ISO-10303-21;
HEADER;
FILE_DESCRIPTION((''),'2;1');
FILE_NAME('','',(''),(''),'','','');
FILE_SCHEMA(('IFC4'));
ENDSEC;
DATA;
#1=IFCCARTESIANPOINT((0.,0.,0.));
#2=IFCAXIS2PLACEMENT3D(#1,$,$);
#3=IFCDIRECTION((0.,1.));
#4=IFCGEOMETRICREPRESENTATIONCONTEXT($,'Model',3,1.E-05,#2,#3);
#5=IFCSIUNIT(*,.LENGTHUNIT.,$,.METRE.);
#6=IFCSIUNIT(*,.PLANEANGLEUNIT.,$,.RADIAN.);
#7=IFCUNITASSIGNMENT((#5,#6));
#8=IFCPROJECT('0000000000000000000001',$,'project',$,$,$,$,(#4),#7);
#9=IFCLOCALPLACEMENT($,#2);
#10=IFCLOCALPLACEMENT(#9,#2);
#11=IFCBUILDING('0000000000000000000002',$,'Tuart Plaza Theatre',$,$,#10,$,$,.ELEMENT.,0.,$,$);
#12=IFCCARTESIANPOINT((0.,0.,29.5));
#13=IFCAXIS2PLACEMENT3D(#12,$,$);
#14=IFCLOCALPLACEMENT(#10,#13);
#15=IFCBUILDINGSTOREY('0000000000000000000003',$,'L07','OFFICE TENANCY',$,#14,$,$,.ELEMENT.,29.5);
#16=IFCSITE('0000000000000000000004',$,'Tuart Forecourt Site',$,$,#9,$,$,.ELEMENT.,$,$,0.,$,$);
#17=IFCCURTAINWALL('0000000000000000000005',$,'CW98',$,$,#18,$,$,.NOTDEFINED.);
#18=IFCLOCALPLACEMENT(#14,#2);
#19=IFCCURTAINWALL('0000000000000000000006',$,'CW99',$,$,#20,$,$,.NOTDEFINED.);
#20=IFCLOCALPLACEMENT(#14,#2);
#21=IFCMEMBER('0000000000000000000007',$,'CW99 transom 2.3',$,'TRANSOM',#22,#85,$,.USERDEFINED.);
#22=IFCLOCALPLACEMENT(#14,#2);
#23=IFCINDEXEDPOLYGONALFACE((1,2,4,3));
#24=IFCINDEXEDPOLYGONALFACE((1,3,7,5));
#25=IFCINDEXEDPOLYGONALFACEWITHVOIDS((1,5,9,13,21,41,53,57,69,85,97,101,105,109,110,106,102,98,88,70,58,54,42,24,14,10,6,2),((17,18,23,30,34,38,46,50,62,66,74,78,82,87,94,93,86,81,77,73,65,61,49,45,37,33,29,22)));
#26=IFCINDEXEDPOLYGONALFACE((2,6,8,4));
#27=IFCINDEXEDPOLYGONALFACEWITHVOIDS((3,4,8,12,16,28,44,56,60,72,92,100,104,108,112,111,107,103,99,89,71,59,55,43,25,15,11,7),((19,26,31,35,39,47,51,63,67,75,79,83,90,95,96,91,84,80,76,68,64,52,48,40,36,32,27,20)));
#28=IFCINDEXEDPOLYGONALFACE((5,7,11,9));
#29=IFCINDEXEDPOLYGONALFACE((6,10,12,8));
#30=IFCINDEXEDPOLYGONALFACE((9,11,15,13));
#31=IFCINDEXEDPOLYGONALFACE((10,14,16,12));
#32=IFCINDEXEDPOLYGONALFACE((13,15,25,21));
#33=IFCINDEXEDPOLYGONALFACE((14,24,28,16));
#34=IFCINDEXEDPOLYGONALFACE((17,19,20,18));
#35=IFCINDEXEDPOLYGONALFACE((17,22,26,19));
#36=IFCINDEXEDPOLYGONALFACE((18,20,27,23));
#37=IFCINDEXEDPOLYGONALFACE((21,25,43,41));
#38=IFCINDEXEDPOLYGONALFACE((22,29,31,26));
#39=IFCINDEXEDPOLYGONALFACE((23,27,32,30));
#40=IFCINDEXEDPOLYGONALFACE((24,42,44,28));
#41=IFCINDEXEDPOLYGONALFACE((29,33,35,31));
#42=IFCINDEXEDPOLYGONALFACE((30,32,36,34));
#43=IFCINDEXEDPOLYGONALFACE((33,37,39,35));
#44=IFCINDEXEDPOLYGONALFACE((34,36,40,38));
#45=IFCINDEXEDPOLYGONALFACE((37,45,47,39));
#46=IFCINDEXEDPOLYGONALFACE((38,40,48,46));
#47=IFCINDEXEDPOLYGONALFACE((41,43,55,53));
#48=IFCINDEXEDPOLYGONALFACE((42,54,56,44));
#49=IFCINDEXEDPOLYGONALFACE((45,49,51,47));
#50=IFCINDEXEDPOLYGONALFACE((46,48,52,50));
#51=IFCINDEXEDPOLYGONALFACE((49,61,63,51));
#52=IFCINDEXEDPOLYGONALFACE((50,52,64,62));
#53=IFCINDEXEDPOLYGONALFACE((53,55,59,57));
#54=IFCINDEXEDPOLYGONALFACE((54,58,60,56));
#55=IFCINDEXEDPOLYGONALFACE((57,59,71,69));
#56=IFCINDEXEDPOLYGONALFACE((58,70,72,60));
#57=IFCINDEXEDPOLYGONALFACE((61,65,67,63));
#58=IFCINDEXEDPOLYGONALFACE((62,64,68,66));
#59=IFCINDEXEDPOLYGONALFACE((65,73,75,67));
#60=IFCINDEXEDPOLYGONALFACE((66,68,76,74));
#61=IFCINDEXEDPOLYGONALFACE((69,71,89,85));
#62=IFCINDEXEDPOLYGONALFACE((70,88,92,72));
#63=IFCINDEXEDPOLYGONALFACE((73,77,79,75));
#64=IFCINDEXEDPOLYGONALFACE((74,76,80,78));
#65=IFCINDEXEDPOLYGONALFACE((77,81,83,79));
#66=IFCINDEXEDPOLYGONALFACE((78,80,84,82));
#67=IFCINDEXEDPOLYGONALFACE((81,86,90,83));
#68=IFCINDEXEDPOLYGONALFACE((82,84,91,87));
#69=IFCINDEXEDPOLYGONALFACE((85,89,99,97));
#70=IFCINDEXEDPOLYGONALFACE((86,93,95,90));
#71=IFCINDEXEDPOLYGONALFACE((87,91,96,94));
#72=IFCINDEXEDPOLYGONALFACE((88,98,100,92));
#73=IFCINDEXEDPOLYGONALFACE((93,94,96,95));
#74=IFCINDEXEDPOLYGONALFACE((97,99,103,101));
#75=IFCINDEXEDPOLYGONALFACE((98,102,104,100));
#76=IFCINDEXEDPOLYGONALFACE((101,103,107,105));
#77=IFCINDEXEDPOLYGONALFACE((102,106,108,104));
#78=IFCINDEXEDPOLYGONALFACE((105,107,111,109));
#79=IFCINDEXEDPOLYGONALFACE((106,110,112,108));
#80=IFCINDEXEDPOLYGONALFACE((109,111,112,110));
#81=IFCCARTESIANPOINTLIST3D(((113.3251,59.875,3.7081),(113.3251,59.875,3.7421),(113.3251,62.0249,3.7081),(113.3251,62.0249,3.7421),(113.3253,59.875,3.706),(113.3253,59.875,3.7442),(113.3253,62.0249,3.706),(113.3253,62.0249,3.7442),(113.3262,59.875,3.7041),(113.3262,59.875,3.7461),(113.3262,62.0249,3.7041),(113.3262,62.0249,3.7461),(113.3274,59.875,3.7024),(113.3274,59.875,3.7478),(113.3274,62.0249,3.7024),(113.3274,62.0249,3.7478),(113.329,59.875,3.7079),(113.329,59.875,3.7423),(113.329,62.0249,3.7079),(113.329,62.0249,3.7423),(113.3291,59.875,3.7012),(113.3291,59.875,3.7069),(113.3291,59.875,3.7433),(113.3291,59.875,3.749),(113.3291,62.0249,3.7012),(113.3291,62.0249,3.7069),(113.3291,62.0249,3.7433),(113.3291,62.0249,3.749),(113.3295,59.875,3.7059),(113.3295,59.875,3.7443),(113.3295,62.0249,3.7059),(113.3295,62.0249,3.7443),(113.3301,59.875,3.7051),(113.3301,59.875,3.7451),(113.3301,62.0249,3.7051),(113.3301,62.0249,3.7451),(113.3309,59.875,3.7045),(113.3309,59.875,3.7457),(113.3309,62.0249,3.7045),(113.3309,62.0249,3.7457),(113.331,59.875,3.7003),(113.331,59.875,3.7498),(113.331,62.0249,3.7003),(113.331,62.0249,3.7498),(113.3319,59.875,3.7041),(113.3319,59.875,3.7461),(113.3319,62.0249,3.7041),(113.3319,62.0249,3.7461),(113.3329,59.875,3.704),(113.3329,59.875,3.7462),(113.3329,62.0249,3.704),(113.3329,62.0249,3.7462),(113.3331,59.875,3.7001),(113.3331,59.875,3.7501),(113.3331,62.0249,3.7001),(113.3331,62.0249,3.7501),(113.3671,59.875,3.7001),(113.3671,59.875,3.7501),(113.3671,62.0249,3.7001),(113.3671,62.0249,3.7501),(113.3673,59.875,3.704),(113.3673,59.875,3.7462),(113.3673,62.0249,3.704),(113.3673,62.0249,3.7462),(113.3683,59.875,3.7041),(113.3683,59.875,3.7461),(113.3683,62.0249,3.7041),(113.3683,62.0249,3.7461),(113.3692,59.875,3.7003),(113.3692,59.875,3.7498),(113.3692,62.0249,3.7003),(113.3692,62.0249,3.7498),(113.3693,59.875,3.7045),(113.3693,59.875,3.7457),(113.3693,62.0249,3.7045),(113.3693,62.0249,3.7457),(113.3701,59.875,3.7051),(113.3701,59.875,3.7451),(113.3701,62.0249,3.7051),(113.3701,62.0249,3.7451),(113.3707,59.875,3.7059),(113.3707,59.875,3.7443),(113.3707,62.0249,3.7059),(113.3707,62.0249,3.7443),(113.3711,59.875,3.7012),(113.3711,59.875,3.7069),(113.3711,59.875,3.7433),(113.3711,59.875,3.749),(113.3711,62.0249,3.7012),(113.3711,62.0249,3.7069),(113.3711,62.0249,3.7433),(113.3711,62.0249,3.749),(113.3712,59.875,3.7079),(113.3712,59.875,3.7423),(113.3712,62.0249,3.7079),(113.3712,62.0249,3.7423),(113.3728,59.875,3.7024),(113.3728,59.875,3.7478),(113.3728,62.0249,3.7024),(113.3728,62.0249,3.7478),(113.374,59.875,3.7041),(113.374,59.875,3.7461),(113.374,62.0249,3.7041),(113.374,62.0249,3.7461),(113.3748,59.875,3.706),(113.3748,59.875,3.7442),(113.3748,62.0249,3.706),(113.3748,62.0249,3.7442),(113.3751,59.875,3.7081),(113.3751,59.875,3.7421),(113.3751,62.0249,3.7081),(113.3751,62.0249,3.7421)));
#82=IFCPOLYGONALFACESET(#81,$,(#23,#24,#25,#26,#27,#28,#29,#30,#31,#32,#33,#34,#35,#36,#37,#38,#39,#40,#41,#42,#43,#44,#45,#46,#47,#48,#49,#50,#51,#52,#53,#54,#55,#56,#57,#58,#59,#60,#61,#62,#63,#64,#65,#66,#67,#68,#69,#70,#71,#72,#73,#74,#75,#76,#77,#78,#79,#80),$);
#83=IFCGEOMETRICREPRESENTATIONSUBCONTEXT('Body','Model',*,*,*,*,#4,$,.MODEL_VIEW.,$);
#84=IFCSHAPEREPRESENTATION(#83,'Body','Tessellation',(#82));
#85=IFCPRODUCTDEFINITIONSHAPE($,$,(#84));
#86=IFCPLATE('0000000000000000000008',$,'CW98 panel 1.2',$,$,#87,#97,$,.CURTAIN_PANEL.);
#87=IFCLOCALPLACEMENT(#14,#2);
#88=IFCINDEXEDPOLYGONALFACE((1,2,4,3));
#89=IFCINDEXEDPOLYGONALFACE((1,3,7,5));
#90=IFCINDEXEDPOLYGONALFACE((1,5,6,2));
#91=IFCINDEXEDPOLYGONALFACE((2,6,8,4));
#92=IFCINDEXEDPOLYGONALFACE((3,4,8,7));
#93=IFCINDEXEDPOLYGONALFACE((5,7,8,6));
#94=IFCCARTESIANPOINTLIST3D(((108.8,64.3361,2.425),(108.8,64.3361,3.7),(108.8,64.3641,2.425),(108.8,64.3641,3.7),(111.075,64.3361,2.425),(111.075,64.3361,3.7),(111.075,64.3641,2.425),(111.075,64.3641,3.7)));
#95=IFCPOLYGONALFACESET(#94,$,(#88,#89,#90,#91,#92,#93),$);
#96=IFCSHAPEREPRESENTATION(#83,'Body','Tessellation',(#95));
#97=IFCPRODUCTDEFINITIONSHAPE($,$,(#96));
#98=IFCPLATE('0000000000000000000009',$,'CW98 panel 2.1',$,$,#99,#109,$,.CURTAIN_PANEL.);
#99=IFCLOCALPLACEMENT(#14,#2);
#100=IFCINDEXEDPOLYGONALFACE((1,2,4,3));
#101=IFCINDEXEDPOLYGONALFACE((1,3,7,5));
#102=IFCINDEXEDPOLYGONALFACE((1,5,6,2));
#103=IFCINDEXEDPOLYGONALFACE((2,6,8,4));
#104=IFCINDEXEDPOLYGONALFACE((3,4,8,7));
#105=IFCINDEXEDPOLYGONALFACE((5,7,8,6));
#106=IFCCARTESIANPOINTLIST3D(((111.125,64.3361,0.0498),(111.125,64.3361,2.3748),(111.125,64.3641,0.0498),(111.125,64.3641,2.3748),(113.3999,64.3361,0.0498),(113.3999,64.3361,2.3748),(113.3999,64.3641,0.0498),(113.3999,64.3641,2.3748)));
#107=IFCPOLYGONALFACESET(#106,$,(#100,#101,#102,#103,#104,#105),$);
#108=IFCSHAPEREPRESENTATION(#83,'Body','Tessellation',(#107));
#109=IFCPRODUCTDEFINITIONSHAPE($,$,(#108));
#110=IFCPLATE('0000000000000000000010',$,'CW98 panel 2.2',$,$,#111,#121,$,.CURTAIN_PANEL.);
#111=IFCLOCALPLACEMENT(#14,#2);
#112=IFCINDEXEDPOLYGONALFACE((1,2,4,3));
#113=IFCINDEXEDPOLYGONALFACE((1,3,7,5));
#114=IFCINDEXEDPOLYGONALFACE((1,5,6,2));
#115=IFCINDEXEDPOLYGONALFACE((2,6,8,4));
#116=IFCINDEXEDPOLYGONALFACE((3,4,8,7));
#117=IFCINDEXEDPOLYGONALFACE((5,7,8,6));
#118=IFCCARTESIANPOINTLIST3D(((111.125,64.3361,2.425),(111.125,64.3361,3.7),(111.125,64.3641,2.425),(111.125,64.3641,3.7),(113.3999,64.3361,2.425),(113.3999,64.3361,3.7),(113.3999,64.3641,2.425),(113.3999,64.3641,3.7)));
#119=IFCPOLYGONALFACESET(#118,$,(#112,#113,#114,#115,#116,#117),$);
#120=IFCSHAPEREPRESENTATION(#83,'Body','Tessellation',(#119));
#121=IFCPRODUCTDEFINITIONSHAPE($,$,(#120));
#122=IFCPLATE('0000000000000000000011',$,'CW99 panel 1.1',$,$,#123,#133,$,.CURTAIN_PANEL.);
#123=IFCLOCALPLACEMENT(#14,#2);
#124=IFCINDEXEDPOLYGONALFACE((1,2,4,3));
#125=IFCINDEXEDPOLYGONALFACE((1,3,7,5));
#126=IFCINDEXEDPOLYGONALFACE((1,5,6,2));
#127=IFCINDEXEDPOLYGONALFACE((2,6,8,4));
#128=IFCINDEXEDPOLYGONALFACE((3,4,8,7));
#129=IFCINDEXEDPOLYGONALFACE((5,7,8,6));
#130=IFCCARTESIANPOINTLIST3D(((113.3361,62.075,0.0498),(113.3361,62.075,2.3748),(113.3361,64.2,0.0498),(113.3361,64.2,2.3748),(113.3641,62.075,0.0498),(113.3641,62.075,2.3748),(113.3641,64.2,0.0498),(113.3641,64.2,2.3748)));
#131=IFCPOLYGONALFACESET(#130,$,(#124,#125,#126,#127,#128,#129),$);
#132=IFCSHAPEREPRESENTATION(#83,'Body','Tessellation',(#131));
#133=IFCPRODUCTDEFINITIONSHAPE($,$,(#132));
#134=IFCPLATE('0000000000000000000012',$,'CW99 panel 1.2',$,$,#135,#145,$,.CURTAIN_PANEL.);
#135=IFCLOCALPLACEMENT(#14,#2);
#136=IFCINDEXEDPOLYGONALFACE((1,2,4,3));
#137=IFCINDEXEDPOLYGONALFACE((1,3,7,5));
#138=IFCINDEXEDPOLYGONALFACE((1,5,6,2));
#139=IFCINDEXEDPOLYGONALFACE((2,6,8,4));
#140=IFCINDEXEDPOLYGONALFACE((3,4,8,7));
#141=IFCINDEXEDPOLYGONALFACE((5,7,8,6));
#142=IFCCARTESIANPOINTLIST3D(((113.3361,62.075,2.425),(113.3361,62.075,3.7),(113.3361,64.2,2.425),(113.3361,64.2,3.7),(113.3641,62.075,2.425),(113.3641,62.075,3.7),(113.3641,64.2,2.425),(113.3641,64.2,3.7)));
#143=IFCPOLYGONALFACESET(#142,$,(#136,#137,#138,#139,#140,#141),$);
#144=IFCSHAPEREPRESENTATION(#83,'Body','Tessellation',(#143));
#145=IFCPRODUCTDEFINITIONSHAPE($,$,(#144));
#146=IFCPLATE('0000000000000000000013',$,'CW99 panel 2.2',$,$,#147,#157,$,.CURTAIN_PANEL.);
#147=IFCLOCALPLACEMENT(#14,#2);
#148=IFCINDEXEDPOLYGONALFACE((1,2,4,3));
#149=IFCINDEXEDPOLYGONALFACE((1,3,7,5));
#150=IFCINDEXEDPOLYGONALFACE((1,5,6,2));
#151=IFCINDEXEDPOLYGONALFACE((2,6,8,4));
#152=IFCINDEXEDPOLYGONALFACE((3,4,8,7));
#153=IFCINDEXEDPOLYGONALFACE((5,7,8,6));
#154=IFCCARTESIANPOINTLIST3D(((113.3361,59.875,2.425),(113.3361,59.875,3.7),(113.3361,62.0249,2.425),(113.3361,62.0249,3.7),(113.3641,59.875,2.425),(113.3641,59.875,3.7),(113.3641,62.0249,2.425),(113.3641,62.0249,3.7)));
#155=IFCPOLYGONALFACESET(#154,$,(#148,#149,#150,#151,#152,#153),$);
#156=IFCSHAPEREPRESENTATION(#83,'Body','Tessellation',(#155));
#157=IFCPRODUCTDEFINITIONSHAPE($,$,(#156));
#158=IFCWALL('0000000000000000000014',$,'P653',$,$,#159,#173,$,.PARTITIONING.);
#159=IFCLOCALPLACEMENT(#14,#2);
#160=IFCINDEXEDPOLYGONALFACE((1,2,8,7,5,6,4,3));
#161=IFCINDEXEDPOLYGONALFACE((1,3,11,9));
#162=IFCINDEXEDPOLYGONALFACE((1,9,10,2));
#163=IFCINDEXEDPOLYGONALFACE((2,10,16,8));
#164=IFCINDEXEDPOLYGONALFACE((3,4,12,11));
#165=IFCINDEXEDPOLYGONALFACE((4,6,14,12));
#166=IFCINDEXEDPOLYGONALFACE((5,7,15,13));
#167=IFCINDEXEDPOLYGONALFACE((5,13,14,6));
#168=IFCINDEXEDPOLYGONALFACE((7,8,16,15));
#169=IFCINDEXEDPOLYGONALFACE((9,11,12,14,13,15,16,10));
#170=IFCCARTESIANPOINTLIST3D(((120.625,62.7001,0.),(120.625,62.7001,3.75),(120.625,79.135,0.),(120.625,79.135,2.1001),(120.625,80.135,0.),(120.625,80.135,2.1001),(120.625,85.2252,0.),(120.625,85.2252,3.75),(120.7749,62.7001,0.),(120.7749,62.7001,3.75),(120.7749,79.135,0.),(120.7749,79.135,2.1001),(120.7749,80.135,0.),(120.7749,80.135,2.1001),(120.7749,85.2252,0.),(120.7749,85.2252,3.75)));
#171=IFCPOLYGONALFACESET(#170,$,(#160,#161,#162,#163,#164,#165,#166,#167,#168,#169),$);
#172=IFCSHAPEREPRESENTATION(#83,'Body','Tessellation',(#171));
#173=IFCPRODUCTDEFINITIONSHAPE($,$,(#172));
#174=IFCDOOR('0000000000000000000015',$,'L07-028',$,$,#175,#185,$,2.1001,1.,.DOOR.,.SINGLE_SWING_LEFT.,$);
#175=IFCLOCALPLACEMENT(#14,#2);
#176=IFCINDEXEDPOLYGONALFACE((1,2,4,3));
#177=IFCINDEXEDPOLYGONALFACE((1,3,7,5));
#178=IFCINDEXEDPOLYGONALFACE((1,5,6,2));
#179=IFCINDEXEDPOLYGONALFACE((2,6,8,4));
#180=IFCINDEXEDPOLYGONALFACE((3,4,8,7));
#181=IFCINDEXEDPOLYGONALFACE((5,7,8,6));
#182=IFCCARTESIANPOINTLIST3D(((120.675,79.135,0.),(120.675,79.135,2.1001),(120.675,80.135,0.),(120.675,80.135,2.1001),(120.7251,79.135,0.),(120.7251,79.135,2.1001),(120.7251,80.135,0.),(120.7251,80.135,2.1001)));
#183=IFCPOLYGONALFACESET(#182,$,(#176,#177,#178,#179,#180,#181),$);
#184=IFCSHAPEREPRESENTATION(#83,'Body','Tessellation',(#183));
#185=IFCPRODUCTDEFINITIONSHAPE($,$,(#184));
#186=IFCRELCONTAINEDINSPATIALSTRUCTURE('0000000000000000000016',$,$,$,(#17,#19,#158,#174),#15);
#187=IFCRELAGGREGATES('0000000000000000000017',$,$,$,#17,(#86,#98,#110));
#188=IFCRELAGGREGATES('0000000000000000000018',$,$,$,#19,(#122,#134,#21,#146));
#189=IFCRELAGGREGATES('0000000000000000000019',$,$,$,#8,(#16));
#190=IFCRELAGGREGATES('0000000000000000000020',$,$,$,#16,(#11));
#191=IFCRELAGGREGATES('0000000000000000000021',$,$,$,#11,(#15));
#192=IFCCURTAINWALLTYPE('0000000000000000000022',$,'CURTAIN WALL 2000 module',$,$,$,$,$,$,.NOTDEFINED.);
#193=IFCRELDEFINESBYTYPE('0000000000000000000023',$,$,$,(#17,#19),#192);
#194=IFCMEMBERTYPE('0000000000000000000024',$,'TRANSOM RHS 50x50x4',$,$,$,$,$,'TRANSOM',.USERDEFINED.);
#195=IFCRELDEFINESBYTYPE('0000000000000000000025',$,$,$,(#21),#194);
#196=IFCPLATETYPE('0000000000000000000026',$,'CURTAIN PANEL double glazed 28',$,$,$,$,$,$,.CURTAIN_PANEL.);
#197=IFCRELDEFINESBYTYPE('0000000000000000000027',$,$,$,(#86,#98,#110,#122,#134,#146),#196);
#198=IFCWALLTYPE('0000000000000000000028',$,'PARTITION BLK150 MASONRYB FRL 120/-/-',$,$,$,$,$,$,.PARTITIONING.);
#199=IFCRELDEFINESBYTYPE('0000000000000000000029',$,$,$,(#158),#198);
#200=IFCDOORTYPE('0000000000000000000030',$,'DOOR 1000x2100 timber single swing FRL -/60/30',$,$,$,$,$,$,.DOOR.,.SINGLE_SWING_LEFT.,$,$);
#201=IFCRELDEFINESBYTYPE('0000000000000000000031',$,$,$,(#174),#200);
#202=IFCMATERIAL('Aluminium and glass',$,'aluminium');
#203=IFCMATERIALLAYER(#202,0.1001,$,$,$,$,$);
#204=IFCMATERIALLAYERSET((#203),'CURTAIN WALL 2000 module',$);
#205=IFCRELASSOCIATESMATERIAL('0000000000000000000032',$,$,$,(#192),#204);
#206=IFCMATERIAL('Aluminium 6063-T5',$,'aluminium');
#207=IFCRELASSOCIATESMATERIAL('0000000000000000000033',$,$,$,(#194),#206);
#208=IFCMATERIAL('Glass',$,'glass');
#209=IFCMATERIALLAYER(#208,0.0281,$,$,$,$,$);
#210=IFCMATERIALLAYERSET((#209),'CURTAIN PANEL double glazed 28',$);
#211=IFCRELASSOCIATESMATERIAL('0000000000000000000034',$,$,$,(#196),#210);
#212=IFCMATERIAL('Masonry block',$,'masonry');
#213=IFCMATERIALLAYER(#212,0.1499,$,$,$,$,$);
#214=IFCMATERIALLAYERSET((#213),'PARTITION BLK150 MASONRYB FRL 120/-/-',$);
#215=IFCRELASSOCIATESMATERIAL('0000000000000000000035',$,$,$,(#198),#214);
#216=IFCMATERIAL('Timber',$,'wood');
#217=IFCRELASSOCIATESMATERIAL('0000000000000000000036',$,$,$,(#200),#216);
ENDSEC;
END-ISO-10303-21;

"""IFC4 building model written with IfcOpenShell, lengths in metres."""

from ifc_helpers import new_model, si_unit, direction, frame, frame_2d, origin, origin_2d, place, context, subcontext, project, spatial, rectangle, hollow_rectangle, extrude, material, layer, layer_set, material_profile, profile_set, type_object, element, fill, aggregate, save


model = new_model("IFC4")

# Units and contexts
model_context = context("Model", 3, precision=1e-05, world=origin(), true_north=direction((0.0, 1.0)))
body_context = subcontext(model_context, "Body", "Model", "MODEL_VIEW")
ifc_project = project(units=[si_unit("LENGTHUNIT", "METRE"), si_unit("PLANEANGLEUNIT", "RADIAN")], contexts=[model_context])

# Site, building, storey
site_placement = place(None, origin())
site = spatial("IfcSite", under=ifc_project, at=site_placement, Name="Tuart Forecourt Site", CompositionType="ELEMENT", RefElevation=0.0)
building_placement = place(site_placement, origin())
building = spatial("IfcBuilding", under=site, at=building_placement, Name="Tuart Plaza Theatre", CompositionType="ELEMENT", ElevationOfRefHeight=0.0)
storey_placement = place(building_placement, frame((0.0, 0.0, 29.5)))
storey = spatial("IfcBuildingStorey", under=building, at=storey_placement, Name="L07", Description="OFFICE TENANCY", CompositionType="ELEMENT", Elevation=29.5)

# Curtain walls
ifc_material_1 = material(Name="Aluminium and glass", Category="aluminium")
ifc_layer_1 = layer(ifc_material_1, 0.1001)
ifc_layer_set_1 = layer_set([ifc_layer_1], Name="CURTAIN WALL 2000 module")
curtain_wall_type = type_object("IfcCurtainWallType", Name="CURTAIN WALL 2000 module", PredefinedType="NOTDEFINED", material=ifc_layer_set_1)
curtain_wall_1_placement = place(storey_placement, origin())
curtain_wall_1 = element("IfcCurtainWall", 1, at=curtain_wall_1_placement, inside=storey, type_object=curtain_wall_type, Name="CW98", PredefinedType="NOTDEFINED")
curtain_wall_2_placement = place(storey_placement, origin())
curtain_wall_2 = element("IfcCurtainWall", 2, at=curtain_wall_2_placement, inside=storey, type_object=curtain_wall_type, Name="CW99", PredefinedType="NOTDEFINED")

# Member
ifc_material_2 = material(Name="Aluminium 6063-T5", Category="aluminium")
ifc_material_profile_1 = material_profile(ifc_material_2, hollow_rectangle(XDim=0.05, YDim=0.05, WallThickness=0.0039, InnerFilletRadius=0.0039, OuterFilletRadius=0.0081, at=origin_2d()), Name="RHS 50x50x4")
ifc_profile_set_1 = profile_set([ifc_material_profile_1], Name="Aluminium 6063-T5")
member_type_1 = type_object("IfcMemberType", Name="TRANSOM RHS 50x50x4", ElementType="TRANSOM", PredefinedType="USERDEFINED", material=ifc_profile_set_1)
member_1_placement = place(storey_placement, frame((113.3501, 62.0249, 3.7251), z_axis=(0.0, -1.0, 0.0), x_axis=(1.0, 0.0, 0.0)))
member_1 = element("IfcMember", 3, at=member_1_placement, type_object=member_type_1, Name="CW99 transom 2.3", ObjectType="TRANSOM", PredefinedType="USERDEFINED", context=body_context, shape_type="SweptSolid", body=[
    extrude(hollow_rectangle(XDim=0.05, YDim=0.05, WallThickness=0.0039, InnerFilletRadius=0.0039, OuterFilletRadius=0.0081, at=origin_2d()), origin(), (0.0, 0.0, 1.0), 2.1499),
])

# Plates
ifc_material_3 = material(Name="Glass", Category="glass")
ifc_layer_2 = layer(ifc_material_3, 0.0281)
ifc_layer_set_2 = layer_set([ifc_layer_2], Name="CURTAIN PANEL double glazed 28")
plate_type = type_object("IfcPlateType", Name="CURTAIN PANEL double glazed 28", PredefinedType="CURTAIN_PANEL", material=ifc_layer_set_2)
plate_1_placement = place(storey_placement, frame((109.9375, 64.3501, 2.425), z_axis=(0.0, 0.0, 1.0), x_axis=(1.0, 0.0, 0.0)))
plate_1 = element("IfcPlate", 4, at=plate_1_placement, type_object=plate_type, Name="CW98 panel 1.2", PredefinedType="CURTAIN_PANEL", context=body_context, shape_type="SweptSolid", body=[
    extrude(rectangle(XDim=2.2749, YDim=0.0281, at=origin_2d()), origin(), (0.0, 0.0, 1.0), 1.2749),
])
plate_2_placement = place(storey_placement, frame((112.2625, 64.3501, 0.0498), z_axis=(0.0, 0.0, 1.0), x_axis=(1.0, 0.0, 0.0)))
plate_2 = element("IfcPlate", 5, at=plate_2_placement, type_object=plate_type, Name="CW98 panel 2.1", PredefinedType="CURTAIN_PANEL", context=body_context, shape_type="SweptSolid", body=[
    extrude(rectangle(XDim=2.2749, YDim=0.0281, at=origin_2d()), origin(), (0.0, 0.0, 1.0), 2.325),
])
plate_3_placement = place(storey_placement, frame((112.2625, 64.3501, 2.425), z_axis=(0.0, 0.0, 1.0), x_axis=(1.0, 0.0, 0.0)))
plate_3 = element("IfcPlate", 6, at=plate_3_placement, type_object=plate_type, Name="CW98 panel 2.2", PredefinedType="CURTAIN_PANEL", context=body_context, shape_type="SweptSolid", body=[
    extrude(rectangle(XDim=2.2749, YDim=0.0281, at=origin_2d()), origin(), (0.0, 0.0, 1.0), 1.2749),
])
aggregate(curtain_wall_1, [plate_1, plate_2, plate_3])
plate_4_placement = place(storey_placement, frame((113.3501, 63.1375, 0.0498), z_axis=(0.0, 0.0, 1.0), x_axis=(0.0, -1.0, 0.0)))
plate_4 = element("IfcPlate", 7, at=plate_4_placement, type_object=plate_type, Name="CW99 panel 1.1", PredefinedType="CURTAIN_PANEL", context=body_context, shape_type="SweptSolid", body=[
    extrude(rectangle(XDim=2.125, YDim=0.0281, at=origin_2d()), origin(), (0.0, 0.0, 1.0), 2.325),
])
plate_5_placement = place(storey_placement, frame((113.3501, 63.1375, 2.425), z_axis=(0.0, 0.0, 1.0), x_axis=(0.0, -1.0, 0.0)))
plate_5 = element("IfcPlate", 8, at=plate_5_placement, type_object=plate_type, Name="CW99 panel 1.2", PredefinedType="CURTAIN_PANEL", context=body_context, shape_type="SweptSolid", body=[
    extrude(rectangle(XDim=2.125, YDim=0.0281, at=origin_2d()), origin(), (0.0, 0.0, 1.0), 1.2749),
])
plate_6_placement = place(storey_placement, frame((113.3501, 60.95, 2.425), z_axis=(0.0, 0.0, 1.0), x_axis=(0.0, -1.0, 0.0)))
plate_6 = element("IfcPlate", 9, at=plate_6_placement, type_object=plate_type, Name="CW99 panel 2.2", PredefinedType="CURTAIN_PANEL", context=body_context, shape_type="SweptSolid", body=[
    extrude(rectangle(XDim=2.1499, YDim=0.0281, at=origin_2d()), origin(), (0.0, 0.0, 1.0), 1.2749),
])
aggregate(curtain_wall_2, [plate_4, plate_5, member_1, plate_6])

# Wall, opening, door
ifc_material_4 = material(Name="Masonry block", Category="masonry")
ifc_layer_3 = layer(ifc_material_4, 0.1499)
ifc_layer_set_3 = layer_set([ifc_layer_3], Name="PARTITION BLK150 MASONRYB FRL 120/-/-")
wall_type_1 = type_object("IfcWallType", Name="PARTITION BLK150 MASONRYB FRL 120/-/-", PredefinedType="PARTITIONING", material=ifc_layer_set_3)
wall_1_placement = place(storey_placement, frame((120.7, 62.7, 0.0), z_axis=(0.0, 0.0, 1.0), x_axis=(0.0, 1.0, 0.0)))
wall_1 = element("IfcWall", 10, at=wall_1_placement, inside=storey, type_object=wall_type_1, Name="P653", PredefinedType="PARTITIONING", context=body_context, shape_type="SweptSolid", body=[
    extrude(rectangle(XDim=22.5251, YDim=0.1499, at=frame_2d((11.2627, 0.0))), origin(), (0.0, 0.0, 1.0), 3.75),
])
opening_placement = place(wall_1_placement, frame((16.4351, 0.0, 0.0)))
opening = element("IfcOpeningElement", 11, at=opening_placement, cuts=wall_1, PredefinedType="OPENING", context=body_context, shape_type="SweptSolid", body=[
    extrude(rectangle(XDim=1.0, YDim=2.1001, at=frame_2d((0.5, 1.05))), frame((0.0, 0.085, 0.0), z_axis=(0.0, -1.0, 0.0), x_axis=(1.0, 0.0, 0.0)), (0.0, 0.0, 1.0), 0.1699),
])
ifc_material_5 = material(Name="Timber", Category="wood")
door_type = type_object("IfcDoorType", Name="DOOR 1000x2100 timber single swing FRL -/60/30", OperationType="SINGLE_SWING_LEFT", PredefinedType="DOOR", material=ifc_material_5)
door_placement = place(opening_placement, origin())
door = element("IfcDoor", 12, at=door_placement, inside=storey, type_object=door_type, Name="L07-028", OperationType="SINGLE_SWING_LEFT", OverallHeight=2.1001, OverallWidth=1.0, PredefinedType="DOOR", context=body_context, shape_type="SweptSolid", body=[
    extrude(rectangle(XDim=1.0, YDim=2.1001, at=frame_2d((0.5, 1.05))), frame((0.0, 0.0249, 0.0), z_axis=(0.0, -1.0, 0.0), x_axis=(1.0, 0.0, 0.0)), (0.0, 0.0, 1.0), 0.05),
])
fill(opening, door)

save(model, "model.ifc")
